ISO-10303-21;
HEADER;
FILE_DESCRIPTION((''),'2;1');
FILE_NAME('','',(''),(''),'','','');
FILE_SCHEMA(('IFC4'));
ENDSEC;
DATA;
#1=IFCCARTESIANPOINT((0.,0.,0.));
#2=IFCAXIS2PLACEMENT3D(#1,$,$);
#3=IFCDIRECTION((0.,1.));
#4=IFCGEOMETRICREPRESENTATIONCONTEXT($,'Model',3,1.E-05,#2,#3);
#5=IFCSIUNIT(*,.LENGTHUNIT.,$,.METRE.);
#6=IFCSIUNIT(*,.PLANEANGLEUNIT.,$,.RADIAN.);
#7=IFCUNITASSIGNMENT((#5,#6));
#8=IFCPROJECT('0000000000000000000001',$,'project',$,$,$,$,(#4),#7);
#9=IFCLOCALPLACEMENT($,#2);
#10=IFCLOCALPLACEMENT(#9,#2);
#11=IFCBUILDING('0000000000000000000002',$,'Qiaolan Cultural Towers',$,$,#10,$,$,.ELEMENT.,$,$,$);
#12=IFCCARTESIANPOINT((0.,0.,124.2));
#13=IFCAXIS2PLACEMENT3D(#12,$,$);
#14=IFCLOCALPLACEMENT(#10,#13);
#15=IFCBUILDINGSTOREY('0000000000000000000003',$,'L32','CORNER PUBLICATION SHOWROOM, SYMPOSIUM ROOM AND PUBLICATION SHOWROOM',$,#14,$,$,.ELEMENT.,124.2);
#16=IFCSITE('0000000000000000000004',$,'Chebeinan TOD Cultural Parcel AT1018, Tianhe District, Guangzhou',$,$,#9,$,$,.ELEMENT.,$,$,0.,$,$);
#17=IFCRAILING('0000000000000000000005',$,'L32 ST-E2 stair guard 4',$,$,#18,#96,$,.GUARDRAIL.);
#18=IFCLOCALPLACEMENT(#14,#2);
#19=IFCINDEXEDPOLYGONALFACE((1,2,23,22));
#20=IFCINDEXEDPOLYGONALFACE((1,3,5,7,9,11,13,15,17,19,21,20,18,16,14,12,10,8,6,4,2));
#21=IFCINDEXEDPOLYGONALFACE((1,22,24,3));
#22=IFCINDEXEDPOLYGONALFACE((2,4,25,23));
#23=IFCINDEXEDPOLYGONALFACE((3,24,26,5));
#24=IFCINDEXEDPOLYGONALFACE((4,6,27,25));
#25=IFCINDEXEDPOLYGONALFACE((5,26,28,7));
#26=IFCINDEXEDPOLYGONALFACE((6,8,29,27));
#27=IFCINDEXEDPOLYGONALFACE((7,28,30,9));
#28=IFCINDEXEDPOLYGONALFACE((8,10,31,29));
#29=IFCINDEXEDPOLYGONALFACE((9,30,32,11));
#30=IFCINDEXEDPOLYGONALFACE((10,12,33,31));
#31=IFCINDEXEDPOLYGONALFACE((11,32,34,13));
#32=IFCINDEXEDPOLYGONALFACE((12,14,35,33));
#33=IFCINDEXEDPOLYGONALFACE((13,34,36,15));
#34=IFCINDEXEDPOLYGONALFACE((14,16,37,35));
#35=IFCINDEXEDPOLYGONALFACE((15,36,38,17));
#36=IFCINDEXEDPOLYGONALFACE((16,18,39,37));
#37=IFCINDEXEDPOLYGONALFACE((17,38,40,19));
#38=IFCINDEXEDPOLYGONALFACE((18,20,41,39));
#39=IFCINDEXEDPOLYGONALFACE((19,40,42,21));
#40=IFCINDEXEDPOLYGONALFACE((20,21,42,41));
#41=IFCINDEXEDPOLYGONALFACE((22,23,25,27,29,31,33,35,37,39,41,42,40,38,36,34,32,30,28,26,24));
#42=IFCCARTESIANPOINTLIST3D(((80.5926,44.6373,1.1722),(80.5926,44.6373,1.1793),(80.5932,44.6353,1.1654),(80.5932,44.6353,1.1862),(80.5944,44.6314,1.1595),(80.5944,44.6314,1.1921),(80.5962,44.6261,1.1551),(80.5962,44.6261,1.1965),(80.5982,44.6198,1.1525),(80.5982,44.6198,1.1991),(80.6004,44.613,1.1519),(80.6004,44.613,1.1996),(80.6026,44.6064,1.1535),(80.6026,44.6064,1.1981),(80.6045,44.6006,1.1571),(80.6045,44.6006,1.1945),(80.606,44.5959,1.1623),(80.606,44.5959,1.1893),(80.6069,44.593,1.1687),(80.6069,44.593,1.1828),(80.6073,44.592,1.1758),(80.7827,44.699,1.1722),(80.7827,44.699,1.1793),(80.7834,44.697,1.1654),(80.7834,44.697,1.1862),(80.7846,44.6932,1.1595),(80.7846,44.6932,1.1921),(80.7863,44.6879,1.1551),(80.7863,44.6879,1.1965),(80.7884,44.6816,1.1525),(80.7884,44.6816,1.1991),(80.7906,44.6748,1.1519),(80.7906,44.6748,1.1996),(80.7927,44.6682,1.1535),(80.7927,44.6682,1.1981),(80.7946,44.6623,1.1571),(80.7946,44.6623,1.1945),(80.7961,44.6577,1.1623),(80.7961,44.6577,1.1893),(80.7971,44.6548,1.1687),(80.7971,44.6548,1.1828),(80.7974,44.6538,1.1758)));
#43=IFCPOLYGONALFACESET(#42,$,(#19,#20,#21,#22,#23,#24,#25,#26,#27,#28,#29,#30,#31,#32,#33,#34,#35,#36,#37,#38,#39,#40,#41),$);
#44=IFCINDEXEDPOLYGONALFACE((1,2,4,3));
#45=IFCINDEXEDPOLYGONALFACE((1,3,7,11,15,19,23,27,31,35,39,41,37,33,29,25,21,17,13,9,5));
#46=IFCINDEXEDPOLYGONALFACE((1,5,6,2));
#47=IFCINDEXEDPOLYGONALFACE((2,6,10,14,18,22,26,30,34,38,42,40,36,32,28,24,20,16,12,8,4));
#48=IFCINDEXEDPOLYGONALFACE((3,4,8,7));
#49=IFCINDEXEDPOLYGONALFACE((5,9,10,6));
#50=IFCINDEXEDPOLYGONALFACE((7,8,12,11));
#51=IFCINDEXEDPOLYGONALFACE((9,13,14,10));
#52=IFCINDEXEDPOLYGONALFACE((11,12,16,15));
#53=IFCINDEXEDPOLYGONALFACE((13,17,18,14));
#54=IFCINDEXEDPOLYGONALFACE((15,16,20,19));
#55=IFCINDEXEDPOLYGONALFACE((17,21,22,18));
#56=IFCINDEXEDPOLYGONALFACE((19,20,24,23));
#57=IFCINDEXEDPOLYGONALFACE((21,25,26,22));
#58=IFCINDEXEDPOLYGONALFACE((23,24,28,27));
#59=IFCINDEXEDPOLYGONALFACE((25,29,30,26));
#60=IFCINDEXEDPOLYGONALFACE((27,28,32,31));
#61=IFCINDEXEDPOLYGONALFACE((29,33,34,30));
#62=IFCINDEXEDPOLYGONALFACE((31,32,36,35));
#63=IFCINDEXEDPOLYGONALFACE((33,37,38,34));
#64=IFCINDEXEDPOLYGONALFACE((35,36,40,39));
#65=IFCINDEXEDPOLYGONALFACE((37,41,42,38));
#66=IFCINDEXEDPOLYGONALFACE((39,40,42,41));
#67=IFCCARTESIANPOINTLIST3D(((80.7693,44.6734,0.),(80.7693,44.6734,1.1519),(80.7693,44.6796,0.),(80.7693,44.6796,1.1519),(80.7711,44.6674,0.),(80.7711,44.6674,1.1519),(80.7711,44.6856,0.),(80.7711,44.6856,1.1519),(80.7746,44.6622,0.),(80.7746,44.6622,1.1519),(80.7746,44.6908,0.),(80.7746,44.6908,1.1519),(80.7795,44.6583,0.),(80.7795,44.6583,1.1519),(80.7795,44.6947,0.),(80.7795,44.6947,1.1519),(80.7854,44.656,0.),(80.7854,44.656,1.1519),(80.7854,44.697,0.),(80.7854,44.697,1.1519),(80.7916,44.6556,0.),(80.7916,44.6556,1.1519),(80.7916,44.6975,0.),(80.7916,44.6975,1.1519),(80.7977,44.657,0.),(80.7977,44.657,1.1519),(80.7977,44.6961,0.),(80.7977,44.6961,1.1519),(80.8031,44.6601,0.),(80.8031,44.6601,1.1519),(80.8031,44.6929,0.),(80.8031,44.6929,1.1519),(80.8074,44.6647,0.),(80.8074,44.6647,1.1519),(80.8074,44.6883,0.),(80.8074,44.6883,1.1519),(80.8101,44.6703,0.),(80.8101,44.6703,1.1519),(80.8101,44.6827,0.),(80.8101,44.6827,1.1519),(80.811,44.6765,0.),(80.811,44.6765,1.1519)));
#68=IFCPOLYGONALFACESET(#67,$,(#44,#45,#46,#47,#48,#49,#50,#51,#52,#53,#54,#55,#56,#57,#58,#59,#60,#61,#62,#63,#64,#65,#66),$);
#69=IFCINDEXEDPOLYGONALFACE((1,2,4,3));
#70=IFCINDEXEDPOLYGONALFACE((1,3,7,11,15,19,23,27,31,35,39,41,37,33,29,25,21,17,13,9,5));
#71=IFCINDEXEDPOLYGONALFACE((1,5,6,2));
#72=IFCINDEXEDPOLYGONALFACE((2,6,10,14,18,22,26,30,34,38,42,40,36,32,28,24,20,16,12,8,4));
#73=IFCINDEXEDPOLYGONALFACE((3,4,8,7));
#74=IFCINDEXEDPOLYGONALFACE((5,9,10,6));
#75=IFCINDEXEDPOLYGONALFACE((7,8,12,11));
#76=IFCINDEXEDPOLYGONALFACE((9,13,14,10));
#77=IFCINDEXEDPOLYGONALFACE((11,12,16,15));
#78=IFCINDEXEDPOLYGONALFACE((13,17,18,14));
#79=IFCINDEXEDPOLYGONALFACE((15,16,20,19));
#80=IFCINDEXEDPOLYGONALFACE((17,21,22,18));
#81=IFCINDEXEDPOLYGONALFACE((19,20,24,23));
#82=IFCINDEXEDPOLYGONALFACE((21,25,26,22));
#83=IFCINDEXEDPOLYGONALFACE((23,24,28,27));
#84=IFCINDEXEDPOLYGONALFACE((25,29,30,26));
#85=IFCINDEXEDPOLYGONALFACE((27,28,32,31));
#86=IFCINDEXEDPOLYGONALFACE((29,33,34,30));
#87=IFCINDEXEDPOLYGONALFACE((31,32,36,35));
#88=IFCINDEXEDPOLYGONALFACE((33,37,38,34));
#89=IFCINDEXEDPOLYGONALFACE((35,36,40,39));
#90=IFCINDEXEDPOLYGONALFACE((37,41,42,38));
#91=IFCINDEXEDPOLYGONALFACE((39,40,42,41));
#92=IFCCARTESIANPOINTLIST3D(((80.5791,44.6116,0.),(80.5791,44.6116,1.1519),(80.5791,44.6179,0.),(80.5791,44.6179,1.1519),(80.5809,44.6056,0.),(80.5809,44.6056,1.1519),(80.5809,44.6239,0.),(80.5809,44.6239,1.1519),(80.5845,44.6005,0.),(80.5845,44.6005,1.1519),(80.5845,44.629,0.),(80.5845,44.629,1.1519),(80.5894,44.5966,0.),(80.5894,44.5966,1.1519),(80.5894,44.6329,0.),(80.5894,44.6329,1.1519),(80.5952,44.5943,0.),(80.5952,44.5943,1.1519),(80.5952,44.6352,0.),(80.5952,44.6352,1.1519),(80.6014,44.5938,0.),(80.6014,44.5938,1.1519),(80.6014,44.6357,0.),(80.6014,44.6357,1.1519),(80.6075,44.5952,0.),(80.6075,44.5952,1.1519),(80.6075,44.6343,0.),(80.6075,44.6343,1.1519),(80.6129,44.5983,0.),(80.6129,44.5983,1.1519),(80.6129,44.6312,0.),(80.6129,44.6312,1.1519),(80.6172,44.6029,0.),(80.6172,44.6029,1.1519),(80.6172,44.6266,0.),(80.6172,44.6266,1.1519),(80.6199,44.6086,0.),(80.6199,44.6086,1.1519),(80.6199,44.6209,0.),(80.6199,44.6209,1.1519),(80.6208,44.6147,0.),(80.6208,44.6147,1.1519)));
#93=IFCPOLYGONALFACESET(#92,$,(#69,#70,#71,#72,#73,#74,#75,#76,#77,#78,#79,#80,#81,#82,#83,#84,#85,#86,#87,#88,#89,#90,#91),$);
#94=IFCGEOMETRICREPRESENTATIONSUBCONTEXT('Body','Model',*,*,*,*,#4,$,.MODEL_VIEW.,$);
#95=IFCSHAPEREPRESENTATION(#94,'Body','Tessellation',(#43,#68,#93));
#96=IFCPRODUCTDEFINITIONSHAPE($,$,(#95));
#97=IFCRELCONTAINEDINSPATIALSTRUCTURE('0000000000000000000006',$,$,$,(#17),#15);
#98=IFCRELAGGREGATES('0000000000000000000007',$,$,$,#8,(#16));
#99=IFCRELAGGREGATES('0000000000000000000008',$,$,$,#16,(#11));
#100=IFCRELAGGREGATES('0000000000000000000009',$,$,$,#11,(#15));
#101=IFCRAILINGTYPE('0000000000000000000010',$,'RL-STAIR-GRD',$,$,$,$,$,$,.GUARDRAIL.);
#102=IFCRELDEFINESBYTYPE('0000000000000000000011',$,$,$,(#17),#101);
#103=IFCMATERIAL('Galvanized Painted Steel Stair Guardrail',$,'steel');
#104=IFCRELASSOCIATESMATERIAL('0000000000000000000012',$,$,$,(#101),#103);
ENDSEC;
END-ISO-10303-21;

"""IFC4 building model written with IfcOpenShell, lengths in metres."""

from ifc_helpers import new_model, si_unit, direction, frame, origin, origin_2d, place, context, subcontext, project, spatial, circle, extrude, material, type_object, element, save


model = new_model("IFC4")

# Units and contexts
model_context = context("Model", 3, precision=1e-05, world=origin(), true_north=direction((0.0, 1.0)))
body_context = subcontext(model_context, "Body", "Model", "MODEL_VIEW")
ifc_project = project(units=[si_unit("LENGTHUNIT", "METRE"), si_unit("PLANEANGLEUNIT", "RADIAN")], contexts=[model_context])

# Site, building, storey
site_placement = place(None, origin())
site = spatial("IfcSite", under=ifc_project, at=site_placement, Name="Chebeinan TOD Cultural Parcel AT1018, Tianhe District, Guangzhou", CompositionType="ELEMENT", RefElevation=0.0)
building_placement = place(site_placement, origin())
building = spatial("IfcBuilding", under=site, at=building_placement, Name="Qiaolan Cultural Towers", CompositionType="ELEMENT")
storey_placement = place(building_placement, frame((0.0, 0.0, 124.2)))
storey = spatial("IfcBuildingStorey", under=building, at=storey_placement, Name="L32", Description="CORNER PUBLICATION SHOWROOM, SYMPOSIUM ROOM AND PUBLICATION SHOWROOM", CompositionType="ELEMENT", Elevation=124.2)

# Railing
ifc_material_1 = material(Name="Galvanized Painted Steel Stair Guardrail", Category="steel")
railing_type_1 = type_object("IfcRailingType", Name="RL-STAIR-GRD", PredefinedType="GUARDRAIL", material=ifc_material_1)
railing_1_placement = place(storey_placement, frame((80.79, 44.6765, 0.0)))
element("IfcRailing", 1, at=railing_1_placement, inside=storey, type_object=railing_type_1, Name="L32 ST-E2 stair guard 4", PredefinedType="GUARDRAIL", context=body_context, shape_type="SweptSolid", body=[
    extrude(circle(Radius=0.0239, at=origin_2d()), frame((0.0, 0.0, 1.1758), z_axis=(-0.951097, -0.308893, 0.0), x_axis=(0.308893, -0.951097, 0.0)), (0.0, 0.0, 1.0), 0.2),
    extrude(circle(Radius=0.021, at=origin_2d()), origin(), (0.0, 0.0, 1.0), 1.1519),
    extrude(circle(Radius=0.021, at=origin_2d()), frame((-0.1902, -0.0618, 0.0)), (0.0, 0.0, 1.0), 1.1519),
])

save(model, "model.ifc")
